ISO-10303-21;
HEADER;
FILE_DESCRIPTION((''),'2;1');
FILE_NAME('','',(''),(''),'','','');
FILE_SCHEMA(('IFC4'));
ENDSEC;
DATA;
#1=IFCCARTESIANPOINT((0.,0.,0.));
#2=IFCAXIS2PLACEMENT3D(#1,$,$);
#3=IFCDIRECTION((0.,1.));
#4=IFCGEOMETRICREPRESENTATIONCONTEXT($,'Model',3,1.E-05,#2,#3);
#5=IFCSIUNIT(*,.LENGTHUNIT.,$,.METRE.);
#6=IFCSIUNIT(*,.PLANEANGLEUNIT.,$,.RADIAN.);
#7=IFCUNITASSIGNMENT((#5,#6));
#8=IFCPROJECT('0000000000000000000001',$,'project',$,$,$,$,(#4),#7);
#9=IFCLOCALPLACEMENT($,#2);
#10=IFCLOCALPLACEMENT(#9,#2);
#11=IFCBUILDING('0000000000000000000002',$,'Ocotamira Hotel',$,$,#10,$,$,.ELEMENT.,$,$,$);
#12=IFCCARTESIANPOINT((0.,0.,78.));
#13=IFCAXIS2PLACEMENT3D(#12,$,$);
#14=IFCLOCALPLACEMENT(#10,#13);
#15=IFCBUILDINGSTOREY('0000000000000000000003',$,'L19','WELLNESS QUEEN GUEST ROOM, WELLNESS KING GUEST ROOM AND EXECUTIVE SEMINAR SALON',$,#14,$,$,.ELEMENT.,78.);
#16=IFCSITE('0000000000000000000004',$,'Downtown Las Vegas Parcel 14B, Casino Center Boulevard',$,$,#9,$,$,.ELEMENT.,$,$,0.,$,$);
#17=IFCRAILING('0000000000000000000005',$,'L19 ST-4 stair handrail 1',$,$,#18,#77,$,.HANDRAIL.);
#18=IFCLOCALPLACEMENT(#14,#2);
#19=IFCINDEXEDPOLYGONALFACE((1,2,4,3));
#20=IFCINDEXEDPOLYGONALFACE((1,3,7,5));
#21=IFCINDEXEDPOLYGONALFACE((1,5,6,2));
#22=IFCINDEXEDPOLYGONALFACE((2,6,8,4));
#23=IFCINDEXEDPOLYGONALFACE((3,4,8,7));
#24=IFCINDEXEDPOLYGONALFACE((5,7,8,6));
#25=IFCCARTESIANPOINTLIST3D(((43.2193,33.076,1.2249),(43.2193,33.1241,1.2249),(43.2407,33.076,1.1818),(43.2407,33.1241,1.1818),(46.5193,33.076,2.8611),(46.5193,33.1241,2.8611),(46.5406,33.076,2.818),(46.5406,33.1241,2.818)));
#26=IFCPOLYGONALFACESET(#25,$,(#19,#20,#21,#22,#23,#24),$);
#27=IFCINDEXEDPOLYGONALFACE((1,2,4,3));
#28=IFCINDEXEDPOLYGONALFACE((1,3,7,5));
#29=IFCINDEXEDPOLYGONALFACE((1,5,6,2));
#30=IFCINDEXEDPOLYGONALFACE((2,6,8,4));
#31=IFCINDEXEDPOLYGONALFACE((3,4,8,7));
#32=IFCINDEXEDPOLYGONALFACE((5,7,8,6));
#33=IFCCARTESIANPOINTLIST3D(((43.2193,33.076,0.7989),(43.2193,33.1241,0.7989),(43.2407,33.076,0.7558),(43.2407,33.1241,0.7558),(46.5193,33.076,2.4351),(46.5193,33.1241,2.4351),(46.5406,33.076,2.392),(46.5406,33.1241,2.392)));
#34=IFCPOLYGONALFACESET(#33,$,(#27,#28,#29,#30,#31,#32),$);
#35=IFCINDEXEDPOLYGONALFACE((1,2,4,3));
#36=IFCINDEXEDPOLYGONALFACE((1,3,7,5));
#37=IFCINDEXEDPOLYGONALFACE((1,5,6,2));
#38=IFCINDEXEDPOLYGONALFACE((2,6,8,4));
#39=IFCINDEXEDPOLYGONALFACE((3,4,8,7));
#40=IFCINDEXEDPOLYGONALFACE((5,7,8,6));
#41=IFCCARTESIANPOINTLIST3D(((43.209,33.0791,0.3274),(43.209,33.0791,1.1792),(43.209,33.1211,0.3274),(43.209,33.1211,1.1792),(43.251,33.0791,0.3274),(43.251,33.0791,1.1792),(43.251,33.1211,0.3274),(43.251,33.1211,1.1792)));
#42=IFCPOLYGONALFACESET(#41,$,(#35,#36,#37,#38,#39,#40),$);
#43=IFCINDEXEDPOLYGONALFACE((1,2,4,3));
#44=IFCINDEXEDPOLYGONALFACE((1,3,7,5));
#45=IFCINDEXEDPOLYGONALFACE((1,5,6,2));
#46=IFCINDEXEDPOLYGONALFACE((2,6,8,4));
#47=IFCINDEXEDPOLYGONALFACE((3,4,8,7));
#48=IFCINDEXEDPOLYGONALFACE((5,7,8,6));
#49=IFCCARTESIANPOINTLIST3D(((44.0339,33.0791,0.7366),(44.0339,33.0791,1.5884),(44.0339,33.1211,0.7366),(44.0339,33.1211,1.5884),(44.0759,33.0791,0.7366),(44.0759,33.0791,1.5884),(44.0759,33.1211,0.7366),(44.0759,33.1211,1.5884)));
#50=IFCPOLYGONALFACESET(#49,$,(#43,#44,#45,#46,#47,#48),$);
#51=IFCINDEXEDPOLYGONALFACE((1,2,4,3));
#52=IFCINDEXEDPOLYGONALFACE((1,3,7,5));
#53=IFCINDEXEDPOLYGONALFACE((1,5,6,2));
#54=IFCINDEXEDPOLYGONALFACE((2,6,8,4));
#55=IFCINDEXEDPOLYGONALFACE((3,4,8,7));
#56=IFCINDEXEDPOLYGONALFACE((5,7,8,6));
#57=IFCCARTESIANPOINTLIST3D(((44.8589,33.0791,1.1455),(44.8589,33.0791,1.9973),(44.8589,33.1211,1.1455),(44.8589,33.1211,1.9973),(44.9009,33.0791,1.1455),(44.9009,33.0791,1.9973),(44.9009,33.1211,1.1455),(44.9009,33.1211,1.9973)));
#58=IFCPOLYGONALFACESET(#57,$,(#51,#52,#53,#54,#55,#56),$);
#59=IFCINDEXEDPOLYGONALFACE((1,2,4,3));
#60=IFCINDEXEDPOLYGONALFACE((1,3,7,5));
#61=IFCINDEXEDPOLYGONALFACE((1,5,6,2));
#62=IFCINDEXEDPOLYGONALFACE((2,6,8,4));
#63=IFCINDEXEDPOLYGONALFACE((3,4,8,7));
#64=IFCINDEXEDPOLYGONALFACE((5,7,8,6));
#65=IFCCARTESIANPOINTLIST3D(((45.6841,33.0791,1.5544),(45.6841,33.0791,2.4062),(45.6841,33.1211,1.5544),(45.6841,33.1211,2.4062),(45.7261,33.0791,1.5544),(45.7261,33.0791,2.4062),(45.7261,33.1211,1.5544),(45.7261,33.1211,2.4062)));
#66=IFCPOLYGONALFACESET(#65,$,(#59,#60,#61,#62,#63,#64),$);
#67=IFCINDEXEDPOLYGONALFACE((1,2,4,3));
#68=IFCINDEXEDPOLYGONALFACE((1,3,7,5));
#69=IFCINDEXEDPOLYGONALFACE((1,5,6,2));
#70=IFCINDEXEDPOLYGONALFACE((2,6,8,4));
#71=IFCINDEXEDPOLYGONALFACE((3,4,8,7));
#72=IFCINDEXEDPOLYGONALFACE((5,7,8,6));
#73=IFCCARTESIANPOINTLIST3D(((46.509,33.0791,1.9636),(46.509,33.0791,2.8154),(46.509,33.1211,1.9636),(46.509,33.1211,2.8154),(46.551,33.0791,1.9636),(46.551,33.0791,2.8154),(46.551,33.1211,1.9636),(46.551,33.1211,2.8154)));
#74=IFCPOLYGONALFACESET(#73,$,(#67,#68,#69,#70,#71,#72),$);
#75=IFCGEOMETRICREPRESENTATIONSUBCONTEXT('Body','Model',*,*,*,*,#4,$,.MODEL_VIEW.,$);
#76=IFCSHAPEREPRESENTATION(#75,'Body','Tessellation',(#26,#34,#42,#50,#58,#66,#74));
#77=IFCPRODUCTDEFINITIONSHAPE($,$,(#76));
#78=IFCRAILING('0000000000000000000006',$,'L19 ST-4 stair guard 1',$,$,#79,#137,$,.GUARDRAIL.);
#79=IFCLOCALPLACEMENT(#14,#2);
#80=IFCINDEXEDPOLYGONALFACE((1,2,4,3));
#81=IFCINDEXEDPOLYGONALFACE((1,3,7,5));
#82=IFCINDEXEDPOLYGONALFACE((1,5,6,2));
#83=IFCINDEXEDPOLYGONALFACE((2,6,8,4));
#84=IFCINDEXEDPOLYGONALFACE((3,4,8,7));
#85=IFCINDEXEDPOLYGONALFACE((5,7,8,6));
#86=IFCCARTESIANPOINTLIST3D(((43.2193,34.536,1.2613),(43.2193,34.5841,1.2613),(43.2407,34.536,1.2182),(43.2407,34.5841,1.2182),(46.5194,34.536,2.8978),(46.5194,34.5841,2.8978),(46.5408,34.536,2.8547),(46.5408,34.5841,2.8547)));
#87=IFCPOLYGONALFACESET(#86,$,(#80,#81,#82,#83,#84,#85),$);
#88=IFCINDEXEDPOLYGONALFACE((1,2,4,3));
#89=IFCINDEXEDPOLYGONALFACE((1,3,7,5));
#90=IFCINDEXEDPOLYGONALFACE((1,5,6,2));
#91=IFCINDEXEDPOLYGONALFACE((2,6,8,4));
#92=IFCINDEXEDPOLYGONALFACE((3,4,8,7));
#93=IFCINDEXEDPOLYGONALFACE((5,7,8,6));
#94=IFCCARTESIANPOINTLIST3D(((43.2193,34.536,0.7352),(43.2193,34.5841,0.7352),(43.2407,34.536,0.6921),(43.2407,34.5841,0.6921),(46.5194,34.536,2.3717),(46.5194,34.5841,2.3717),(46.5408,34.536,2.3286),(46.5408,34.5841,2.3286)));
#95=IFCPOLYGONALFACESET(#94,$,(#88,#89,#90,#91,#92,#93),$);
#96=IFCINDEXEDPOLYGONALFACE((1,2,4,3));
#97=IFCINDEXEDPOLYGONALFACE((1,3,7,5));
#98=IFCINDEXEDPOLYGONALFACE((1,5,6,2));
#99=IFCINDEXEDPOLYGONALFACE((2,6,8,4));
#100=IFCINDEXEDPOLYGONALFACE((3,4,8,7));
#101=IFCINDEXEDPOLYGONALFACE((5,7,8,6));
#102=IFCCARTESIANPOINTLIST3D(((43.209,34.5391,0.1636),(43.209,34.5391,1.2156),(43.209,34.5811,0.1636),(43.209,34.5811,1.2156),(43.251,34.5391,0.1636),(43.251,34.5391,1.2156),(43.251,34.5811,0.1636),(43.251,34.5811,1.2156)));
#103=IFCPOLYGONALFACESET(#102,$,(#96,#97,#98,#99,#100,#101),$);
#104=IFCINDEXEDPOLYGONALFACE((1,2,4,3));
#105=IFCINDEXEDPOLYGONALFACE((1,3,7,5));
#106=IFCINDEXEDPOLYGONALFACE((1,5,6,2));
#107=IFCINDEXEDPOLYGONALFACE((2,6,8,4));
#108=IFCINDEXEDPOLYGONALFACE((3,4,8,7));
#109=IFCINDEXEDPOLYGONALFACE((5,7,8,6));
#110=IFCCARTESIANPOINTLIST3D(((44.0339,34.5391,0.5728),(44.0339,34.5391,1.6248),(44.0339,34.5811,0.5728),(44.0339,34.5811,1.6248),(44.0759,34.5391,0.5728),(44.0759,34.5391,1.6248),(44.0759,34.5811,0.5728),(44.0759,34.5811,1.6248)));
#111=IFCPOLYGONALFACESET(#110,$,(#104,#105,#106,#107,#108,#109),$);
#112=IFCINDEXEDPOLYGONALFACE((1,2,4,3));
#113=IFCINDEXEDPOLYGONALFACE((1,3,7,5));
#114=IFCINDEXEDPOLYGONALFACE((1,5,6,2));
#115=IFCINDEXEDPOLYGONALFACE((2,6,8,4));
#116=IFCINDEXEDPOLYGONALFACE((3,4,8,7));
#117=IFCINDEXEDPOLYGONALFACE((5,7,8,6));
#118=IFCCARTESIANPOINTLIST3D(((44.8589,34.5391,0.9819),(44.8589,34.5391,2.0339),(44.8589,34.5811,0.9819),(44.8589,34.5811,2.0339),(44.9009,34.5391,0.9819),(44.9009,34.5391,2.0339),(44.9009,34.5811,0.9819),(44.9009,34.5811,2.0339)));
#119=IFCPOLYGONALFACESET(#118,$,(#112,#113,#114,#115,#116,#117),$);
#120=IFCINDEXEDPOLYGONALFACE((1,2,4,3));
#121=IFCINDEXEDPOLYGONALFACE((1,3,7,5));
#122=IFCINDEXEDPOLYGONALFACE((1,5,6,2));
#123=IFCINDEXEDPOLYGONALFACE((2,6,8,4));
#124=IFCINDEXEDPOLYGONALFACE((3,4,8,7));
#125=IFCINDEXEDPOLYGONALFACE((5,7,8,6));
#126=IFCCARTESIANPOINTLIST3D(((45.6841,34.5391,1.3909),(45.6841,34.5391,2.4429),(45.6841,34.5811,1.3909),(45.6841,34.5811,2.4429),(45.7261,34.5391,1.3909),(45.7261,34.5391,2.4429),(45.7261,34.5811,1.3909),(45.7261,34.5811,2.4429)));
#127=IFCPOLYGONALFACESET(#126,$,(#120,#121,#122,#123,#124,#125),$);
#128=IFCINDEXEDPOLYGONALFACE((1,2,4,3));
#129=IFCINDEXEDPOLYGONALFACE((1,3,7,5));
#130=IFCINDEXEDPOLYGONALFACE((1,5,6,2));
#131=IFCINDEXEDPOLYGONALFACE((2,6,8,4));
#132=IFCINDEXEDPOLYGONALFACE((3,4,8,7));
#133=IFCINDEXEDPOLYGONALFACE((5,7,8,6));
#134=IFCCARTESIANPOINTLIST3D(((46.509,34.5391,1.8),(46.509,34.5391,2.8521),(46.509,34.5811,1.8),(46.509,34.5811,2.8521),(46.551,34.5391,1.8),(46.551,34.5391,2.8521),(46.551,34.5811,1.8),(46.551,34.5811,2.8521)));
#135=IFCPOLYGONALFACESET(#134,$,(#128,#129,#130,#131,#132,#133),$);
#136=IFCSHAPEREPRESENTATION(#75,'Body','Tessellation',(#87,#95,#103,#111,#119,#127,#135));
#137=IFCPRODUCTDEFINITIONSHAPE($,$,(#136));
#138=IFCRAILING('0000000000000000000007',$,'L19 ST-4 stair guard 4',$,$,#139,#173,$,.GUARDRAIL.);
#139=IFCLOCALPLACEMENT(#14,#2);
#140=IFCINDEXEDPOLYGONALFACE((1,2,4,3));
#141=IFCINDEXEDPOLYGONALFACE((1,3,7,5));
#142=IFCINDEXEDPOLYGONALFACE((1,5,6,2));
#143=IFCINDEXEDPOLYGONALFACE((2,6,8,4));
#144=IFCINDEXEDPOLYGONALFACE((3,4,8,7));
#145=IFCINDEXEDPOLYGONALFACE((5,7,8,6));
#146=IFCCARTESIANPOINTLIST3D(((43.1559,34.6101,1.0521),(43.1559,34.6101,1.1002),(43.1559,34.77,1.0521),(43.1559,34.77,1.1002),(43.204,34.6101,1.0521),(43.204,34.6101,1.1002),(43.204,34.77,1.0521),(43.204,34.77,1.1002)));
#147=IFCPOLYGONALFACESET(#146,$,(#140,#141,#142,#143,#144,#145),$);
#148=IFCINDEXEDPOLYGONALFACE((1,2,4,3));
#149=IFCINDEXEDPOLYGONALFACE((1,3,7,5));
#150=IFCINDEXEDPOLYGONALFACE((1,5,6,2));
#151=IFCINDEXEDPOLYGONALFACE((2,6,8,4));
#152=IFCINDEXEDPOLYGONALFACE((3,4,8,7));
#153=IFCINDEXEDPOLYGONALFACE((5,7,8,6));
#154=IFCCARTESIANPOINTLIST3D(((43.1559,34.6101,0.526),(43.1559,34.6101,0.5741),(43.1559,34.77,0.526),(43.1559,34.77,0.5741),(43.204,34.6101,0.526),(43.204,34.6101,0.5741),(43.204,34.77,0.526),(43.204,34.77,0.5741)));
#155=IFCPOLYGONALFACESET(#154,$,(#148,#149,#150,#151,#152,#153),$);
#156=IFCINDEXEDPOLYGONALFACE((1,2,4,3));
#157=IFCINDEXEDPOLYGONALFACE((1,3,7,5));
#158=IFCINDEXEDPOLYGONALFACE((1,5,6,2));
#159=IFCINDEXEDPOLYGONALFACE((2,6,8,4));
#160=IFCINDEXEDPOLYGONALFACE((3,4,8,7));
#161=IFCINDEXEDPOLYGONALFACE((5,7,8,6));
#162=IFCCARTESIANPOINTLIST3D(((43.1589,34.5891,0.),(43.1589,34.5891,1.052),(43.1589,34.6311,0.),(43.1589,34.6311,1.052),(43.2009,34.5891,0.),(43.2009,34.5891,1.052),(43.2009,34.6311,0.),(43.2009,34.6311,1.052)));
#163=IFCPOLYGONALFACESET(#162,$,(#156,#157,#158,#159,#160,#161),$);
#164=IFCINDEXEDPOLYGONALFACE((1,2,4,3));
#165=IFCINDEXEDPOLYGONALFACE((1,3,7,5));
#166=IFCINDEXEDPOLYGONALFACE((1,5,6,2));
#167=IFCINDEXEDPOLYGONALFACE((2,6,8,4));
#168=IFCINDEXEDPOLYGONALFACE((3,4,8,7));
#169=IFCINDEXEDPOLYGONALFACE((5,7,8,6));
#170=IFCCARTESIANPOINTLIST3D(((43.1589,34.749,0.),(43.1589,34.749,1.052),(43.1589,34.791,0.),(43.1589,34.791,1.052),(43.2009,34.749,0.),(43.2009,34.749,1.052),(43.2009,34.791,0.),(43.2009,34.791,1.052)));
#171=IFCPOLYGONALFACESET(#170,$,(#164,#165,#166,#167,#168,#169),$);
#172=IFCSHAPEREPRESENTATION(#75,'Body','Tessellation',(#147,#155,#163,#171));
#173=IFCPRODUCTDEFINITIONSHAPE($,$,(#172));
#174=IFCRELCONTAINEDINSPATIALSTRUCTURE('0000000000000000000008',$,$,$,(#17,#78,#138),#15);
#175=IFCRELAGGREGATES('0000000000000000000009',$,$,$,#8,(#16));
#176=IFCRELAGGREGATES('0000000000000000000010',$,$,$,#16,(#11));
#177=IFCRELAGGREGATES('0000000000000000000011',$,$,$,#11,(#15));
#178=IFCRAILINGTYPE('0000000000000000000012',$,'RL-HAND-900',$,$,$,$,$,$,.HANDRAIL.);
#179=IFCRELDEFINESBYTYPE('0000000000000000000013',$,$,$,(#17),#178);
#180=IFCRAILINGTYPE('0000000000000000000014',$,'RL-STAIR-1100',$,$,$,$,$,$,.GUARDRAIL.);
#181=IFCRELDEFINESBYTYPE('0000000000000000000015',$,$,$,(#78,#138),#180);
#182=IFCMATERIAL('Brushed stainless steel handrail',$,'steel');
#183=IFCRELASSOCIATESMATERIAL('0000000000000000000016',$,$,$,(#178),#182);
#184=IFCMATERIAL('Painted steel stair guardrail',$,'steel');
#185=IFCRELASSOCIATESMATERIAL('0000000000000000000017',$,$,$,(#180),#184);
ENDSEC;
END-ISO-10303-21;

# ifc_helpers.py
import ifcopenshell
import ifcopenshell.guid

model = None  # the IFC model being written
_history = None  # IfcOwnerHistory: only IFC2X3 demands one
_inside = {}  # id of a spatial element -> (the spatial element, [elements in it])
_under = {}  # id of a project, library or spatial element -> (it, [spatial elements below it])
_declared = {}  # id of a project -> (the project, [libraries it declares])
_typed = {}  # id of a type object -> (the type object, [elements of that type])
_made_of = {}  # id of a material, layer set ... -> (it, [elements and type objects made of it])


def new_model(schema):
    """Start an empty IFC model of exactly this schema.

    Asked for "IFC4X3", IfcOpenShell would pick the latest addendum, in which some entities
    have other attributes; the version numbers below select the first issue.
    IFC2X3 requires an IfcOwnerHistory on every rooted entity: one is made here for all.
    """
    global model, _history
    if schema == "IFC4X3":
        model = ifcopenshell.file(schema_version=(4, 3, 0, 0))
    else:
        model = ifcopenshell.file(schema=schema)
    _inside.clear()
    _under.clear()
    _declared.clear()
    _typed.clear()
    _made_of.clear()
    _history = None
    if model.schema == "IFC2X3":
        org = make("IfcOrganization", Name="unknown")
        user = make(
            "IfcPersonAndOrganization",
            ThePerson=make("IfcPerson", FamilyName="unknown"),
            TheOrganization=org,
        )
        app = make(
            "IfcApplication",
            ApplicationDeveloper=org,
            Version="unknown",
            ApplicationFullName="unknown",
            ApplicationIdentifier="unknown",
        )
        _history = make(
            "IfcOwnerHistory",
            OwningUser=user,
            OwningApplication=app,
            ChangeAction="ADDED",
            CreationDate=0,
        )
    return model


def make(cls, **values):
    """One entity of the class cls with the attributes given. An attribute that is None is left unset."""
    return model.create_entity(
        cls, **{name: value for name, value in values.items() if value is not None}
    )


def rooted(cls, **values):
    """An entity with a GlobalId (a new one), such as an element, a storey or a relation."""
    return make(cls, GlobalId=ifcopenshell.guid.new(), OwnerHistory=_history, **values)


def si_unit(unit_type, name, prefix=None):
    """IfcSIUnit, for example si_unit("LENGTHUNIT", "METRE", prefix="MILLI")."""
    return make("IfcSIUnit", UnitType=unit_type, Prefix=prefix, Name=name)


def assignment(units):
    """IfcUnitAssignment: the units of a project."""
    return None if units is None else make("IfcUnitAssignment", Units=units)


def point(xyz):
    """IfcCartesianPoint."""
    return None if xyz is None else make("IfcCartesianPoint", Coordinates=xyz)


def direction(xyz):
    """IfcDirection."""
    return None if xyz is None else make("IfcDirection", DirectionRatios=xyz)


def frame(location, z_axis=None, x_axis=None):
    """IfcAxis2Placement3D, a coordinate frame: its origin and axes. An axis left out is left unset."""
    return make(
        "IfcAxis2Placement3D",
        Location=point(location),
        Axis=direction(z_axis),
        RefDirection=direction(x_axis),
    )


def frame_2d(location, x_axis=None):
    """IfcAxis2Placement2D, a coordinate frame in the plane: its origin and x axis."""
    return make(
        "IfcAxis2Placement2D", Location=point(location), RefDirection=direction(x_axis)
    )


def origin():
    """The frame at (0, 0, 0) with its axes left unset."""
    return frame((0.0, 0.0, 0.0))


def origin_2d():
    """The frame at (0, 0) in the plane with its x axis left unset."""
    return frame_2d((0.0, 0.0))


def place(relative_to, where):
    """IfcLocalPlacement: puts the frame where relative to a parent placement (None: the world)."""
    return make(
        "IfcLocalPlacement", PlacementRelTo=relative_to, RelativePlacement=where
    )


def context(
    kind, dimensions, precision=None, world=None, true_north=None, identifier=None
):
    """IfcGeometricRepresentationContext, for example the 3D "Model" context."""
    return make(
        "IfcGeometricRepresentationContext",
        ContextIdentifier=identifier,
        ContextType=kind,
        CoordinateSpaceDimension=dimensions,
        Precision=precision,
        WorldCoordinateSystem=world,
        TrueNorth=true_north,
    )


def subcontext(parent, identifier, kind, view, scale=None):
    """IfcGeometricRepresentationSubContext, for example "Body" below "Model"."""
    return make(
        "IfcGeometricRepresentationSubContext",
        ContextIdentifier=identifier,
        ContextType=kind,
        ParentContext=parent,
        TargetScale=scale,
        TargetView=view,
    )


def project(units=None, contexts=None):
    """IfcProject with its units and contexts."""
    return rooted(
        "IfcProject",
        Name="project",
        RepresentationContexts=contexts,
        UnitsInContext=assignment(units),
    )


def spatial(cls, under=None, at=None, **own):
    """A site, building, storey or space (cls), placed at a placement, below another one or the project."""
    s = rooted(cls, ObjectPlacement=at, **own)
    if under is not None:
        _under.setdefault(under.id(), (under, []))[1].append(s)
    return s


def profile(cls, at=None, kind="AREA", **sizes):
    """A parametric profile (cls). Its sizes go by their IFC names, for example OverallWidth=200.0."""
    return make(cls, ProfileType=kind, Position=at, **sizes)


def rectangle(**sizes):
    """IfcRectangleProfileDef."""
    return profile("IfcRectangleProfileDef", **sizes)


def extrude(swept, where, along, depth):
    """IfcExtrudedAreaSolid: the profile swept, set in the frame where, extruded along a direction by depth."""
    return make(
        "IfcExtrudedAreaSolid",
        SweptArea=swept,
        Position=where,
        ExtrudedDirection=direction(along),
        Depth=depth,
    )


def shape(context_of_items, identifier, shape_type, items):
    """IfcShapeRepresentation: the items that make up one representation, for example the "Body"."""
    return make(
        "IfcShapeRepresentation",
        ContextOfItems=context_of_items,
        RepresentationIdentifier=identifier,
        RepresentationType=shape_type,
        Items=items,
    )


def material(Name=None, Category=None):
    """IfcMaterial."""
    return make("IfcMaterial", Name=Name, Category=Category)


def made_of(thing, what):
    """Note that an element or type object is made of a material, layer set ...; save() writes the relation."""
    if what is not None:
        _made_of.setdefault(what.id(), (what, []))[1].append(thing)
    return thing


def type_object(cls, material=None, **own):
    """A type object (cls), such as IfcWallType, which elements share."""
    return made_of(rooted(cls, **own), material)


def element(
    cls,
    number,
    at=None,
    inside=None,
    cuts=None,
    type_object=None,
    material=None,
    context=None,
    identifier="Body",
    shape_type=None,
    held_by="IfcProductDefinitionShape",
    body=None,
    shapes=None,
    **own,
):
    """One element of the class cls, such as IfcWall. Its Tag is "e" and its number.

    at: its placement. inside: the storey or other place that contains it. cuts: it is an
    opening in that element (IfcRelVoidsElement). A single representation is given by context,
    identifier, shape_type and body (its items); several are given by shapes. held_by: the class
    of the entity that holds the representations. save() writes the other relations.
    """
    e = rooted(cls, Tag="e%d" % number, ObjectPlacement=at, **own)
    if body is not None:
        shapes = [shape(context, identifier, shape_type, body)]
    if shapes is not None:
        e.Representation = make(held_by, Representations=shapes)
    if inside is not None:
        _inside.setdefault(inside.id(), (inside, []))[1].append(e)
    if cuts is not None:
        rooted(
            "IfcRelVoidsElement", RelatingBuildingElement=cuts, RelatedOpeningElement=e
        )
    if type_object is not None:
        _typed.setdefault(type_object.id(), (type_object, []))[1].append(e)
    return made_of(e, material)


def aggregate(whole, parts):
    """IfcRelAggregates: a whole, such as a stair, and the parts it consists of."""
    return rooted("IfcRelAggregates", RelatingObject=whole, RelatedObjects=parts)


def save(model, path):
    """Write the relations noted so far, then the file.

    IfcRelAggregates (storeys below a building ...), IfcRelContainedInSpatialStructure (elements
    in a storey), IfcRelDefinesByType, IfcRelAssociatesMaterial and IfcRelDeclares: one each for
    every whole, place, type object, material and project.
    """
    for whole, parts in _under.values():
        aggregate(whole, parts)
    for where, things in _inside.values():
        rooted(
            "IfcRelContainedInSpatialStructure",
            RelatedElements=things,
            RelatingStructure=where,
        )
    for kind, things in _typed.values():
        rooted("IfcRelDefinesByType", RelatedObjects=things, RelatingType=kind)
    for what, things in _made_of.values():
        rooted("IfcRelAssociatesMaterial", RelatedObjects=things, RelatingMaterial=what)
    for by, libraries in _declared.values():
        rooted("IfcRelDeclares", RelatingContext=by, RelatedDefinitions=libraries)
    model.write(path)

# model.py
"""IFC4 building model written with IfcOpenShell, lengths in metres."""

from ifc_helpers import new_model, si_unit, direction, frame, origin, origin_2d, place, context, subcontext, project, spatial, rectangle, extrude, material, type_object, element, save


model = new_model("IFC4")

# Units and contexts
model_context = context("Model", 3, precision=1e-05, world=origin(), true_north=direction((0.0, 1.0)))
body_context = subcontext(model_context, "Body", "Model", "MODEL_VIEW")
ifc_project = project(units=[si_unit("LENGTHUNIT", "METRE"), si_unit("PLANEANGLEUNIT", "RADIAN")], contexts=[model_context])

# Site, building, storey
site_placement = place(None, origin())
site = spatial("IfcSite", under=ifc_project, at=site_placement, Name="Downtown Las Vegas Parcel 14B, Casino Center Boulevard", CompositionType="ELEMENT", RefElevation=0.0)
building_placement = place(site_placement, origin())
building = spatial("IfcBuilding", under=site, at=building_placement, Name="Ocotamira Hotel", CompositionType="ELEMENT")
storey_placement = place(building_placement, frame((0.0, 0.0, 78.0)))
storey = spatial("IfcBuildingStorey", under=building, at=storey_placement, Name="L19", Description="WELLNESS QUEEN GUEST ROOM, WELLNESS KING GUEST ROOM AND EXECUTIVE SEMINAR SALON", CompositionType="ELEMENT", Elevation=78.0)

# Railings
ifc_material_1 = material(Name="Painted steel stair guardrail", Category="steel")
ifc_material_2 = material(Name="Brushed stainless steel handrail", Category="steel")
railing_type_1 = type_object("IfcRailingType", Name="RL-HAND-900", PredefinedType="HANDRAIL", material=ifc_material_2)
railing_1_placement = place(storey_placement, frame((43.23, 33.1001, 0.3274)))
element("IfcRailing", 1, at=railing_1_placement, inside=storey, type_object=railing_type_1, Name="L19 ST-4 stair handrail 1", PredefinedType="HANDRAIL", context=body_context, shape_type="SweptSolid", body=[
    extrude(rectangle(XDim=0.0481, YDim=0.0481, at=origin_2d()), frame((0.0, 0.0, 0.876), z_axis=(0.89592, 0.0, 0.444215), x_axis=(0.0, 1.0, 0.0)), (0.0, 0.0, 1.0), 3.6833),
    extrude(rectangle(XDim=0.0481, YDim=0.0481, at=origin_2d()), frame((0.0, 0.0, 0.45), z_axis=(0.89592, 0.0, 0.444215), x_axis=(0.0, 1.0, 0.0)), (0.0, 0.0, 1.0), 3.6833),
    extrude(rectangle(XDim=0.042, YDim=0.042, at=origin_2d()), origin(), (0.0, 0.0, 1.0), 0.8518),
    extrude(rectangle(XDim=0.042, YDim=0.042, at=origin_2d()), frame((0.825, 0.0, 0.4092)), (0.0, 0.0, 1.0), 0.8518),
    extrude(rectangle(XDim=0.042, YDim=0.042, at=origin_2d()), frame((1.6499, 0.0, 0.8181)), (0.0, 0.0, 1.0), 0.8518),
    extrude(rectangle(XDim=0.042, YDim=0.042, at=origin_2d()), frame((2.4751, 0.0, 1.2271)), (0.0, 0.0, 1.0), 0.8518),
    extrude(rectangle(XDim=0.042, YDim=0.042, at=origin_2d()), frame((3.3, 0.0, 1.6362)), (0.0, 0.0, 1.0), 0.8518),
])
railing_type_2 = type_object("IfcRailingType", Name="RL-STAIR-1100", PredefinedType="GUARDRAIL", material=ifc_material_1)
railing_2_placement = place(storey_placement, frame((43.23, 34.5601, 0.1636)))
element("IfcRailing", 2, at=railing_2_placement, inside=storey, type_object=railing_type_2, Name="L19 ST-4 stair guard 1", PredefinedType="GUARDRAIL", context=body_context, shape_type="SweptSolid", body=[
    extrude(rectangle(XDim=0.0481, YDim=0.0481, at=origin_2d()), frame((0.0, 0.0, 1.0762), z_axis=(0.895894, 0.0, 0.444268), x_axis=(0.0, 1.0, 0.0)), (0.0, 0.0, 1.0), 3.6836),
    extrude(rectangle(XDim=0.0481, YDim=0.0481, at=origin_2d()), frame((0.0, 0.0, 0.55), z_axis=(0.895894, 0.0, 0.444268), x_axis=(0.0, 1.0, 0.0)), (0.0, 0.0, 1.0), 3.6836),
    extrude(rectangle(XDim=0.042, YDim=0.042, at=origin_2d()), origin(), (0.0, 0.0, 1.0), 1.052),
    extrude(rectangle(XDim=0.042, YDim=0.042, at=origin_2d()), frame((0.825, 0.0, 0.4092)), (0.0, 0.0, 1.0), 1.052),
    extrude(rectangle(XDim=0.042, YDim=0.042, at=origin_2d()), frame((1.6499, 0.0, 0.8184)), (0.0, 0.0, 1.0), 1.052),
    extrude(rectangle(XDim=0.042, YDim=0.042, at=origin_2d()), frame((2.4751, 0.0, 1.2273)), (0.0, 0.0, 1.0), 1.052),
    extrude(rectangle(XDim=0.042, YDim=0.042, at=origin_2d()), frame((3.3, 0.0, 1.6365)), (0.0, 0.0, 1.0), 1.052),
])
railing_3_placement = place(storey_placement, frame((43.1799, 34.6101, 0.0)))
element("IfcRailing", 3, at=railing_3_placement, inside=storey, type_object=railing_type_2, Name="L19 ST-4 stair guard 4", PredefinedType="GUARDRAIL", context=body_context, shape_type="SweptSolid", body=[
    extrude(rectangle(XDim=0.0481, YDim=0.0481, at=origin_2d()), frame((0.0, 0.0, 1.0762), z_axis=(0.0, 1.0, 0.0), x_axis=(-1.0, 0.0, 0.0)), (0.0, 0.0, 1.0), 0.1599),
    extrude(rectangle(XDim=0.0481, YDim=0.0481, at=origin_2d()), frame((0.0, 0.0, 0.55), z_axis=(0.0, 1.0, 0.0), x_axis=(-1.0, 0.0, 0.0)), (0.0, 0.0, 1.0), 0.1599),
    extrude(rectangle(XDim=0.042, YDim=0.042, at=origin_2d()), origin(), (0.0, 0.0, 1.0), 1.052),
    extrude(rectangle(XDim=0.042, YDim=0.042, at=origin_2d()), frame((0.0, 0.1599, 0.0)), (0.0, 0.0, 1.0), 1.052),
])

save(model, "model.ifc")
